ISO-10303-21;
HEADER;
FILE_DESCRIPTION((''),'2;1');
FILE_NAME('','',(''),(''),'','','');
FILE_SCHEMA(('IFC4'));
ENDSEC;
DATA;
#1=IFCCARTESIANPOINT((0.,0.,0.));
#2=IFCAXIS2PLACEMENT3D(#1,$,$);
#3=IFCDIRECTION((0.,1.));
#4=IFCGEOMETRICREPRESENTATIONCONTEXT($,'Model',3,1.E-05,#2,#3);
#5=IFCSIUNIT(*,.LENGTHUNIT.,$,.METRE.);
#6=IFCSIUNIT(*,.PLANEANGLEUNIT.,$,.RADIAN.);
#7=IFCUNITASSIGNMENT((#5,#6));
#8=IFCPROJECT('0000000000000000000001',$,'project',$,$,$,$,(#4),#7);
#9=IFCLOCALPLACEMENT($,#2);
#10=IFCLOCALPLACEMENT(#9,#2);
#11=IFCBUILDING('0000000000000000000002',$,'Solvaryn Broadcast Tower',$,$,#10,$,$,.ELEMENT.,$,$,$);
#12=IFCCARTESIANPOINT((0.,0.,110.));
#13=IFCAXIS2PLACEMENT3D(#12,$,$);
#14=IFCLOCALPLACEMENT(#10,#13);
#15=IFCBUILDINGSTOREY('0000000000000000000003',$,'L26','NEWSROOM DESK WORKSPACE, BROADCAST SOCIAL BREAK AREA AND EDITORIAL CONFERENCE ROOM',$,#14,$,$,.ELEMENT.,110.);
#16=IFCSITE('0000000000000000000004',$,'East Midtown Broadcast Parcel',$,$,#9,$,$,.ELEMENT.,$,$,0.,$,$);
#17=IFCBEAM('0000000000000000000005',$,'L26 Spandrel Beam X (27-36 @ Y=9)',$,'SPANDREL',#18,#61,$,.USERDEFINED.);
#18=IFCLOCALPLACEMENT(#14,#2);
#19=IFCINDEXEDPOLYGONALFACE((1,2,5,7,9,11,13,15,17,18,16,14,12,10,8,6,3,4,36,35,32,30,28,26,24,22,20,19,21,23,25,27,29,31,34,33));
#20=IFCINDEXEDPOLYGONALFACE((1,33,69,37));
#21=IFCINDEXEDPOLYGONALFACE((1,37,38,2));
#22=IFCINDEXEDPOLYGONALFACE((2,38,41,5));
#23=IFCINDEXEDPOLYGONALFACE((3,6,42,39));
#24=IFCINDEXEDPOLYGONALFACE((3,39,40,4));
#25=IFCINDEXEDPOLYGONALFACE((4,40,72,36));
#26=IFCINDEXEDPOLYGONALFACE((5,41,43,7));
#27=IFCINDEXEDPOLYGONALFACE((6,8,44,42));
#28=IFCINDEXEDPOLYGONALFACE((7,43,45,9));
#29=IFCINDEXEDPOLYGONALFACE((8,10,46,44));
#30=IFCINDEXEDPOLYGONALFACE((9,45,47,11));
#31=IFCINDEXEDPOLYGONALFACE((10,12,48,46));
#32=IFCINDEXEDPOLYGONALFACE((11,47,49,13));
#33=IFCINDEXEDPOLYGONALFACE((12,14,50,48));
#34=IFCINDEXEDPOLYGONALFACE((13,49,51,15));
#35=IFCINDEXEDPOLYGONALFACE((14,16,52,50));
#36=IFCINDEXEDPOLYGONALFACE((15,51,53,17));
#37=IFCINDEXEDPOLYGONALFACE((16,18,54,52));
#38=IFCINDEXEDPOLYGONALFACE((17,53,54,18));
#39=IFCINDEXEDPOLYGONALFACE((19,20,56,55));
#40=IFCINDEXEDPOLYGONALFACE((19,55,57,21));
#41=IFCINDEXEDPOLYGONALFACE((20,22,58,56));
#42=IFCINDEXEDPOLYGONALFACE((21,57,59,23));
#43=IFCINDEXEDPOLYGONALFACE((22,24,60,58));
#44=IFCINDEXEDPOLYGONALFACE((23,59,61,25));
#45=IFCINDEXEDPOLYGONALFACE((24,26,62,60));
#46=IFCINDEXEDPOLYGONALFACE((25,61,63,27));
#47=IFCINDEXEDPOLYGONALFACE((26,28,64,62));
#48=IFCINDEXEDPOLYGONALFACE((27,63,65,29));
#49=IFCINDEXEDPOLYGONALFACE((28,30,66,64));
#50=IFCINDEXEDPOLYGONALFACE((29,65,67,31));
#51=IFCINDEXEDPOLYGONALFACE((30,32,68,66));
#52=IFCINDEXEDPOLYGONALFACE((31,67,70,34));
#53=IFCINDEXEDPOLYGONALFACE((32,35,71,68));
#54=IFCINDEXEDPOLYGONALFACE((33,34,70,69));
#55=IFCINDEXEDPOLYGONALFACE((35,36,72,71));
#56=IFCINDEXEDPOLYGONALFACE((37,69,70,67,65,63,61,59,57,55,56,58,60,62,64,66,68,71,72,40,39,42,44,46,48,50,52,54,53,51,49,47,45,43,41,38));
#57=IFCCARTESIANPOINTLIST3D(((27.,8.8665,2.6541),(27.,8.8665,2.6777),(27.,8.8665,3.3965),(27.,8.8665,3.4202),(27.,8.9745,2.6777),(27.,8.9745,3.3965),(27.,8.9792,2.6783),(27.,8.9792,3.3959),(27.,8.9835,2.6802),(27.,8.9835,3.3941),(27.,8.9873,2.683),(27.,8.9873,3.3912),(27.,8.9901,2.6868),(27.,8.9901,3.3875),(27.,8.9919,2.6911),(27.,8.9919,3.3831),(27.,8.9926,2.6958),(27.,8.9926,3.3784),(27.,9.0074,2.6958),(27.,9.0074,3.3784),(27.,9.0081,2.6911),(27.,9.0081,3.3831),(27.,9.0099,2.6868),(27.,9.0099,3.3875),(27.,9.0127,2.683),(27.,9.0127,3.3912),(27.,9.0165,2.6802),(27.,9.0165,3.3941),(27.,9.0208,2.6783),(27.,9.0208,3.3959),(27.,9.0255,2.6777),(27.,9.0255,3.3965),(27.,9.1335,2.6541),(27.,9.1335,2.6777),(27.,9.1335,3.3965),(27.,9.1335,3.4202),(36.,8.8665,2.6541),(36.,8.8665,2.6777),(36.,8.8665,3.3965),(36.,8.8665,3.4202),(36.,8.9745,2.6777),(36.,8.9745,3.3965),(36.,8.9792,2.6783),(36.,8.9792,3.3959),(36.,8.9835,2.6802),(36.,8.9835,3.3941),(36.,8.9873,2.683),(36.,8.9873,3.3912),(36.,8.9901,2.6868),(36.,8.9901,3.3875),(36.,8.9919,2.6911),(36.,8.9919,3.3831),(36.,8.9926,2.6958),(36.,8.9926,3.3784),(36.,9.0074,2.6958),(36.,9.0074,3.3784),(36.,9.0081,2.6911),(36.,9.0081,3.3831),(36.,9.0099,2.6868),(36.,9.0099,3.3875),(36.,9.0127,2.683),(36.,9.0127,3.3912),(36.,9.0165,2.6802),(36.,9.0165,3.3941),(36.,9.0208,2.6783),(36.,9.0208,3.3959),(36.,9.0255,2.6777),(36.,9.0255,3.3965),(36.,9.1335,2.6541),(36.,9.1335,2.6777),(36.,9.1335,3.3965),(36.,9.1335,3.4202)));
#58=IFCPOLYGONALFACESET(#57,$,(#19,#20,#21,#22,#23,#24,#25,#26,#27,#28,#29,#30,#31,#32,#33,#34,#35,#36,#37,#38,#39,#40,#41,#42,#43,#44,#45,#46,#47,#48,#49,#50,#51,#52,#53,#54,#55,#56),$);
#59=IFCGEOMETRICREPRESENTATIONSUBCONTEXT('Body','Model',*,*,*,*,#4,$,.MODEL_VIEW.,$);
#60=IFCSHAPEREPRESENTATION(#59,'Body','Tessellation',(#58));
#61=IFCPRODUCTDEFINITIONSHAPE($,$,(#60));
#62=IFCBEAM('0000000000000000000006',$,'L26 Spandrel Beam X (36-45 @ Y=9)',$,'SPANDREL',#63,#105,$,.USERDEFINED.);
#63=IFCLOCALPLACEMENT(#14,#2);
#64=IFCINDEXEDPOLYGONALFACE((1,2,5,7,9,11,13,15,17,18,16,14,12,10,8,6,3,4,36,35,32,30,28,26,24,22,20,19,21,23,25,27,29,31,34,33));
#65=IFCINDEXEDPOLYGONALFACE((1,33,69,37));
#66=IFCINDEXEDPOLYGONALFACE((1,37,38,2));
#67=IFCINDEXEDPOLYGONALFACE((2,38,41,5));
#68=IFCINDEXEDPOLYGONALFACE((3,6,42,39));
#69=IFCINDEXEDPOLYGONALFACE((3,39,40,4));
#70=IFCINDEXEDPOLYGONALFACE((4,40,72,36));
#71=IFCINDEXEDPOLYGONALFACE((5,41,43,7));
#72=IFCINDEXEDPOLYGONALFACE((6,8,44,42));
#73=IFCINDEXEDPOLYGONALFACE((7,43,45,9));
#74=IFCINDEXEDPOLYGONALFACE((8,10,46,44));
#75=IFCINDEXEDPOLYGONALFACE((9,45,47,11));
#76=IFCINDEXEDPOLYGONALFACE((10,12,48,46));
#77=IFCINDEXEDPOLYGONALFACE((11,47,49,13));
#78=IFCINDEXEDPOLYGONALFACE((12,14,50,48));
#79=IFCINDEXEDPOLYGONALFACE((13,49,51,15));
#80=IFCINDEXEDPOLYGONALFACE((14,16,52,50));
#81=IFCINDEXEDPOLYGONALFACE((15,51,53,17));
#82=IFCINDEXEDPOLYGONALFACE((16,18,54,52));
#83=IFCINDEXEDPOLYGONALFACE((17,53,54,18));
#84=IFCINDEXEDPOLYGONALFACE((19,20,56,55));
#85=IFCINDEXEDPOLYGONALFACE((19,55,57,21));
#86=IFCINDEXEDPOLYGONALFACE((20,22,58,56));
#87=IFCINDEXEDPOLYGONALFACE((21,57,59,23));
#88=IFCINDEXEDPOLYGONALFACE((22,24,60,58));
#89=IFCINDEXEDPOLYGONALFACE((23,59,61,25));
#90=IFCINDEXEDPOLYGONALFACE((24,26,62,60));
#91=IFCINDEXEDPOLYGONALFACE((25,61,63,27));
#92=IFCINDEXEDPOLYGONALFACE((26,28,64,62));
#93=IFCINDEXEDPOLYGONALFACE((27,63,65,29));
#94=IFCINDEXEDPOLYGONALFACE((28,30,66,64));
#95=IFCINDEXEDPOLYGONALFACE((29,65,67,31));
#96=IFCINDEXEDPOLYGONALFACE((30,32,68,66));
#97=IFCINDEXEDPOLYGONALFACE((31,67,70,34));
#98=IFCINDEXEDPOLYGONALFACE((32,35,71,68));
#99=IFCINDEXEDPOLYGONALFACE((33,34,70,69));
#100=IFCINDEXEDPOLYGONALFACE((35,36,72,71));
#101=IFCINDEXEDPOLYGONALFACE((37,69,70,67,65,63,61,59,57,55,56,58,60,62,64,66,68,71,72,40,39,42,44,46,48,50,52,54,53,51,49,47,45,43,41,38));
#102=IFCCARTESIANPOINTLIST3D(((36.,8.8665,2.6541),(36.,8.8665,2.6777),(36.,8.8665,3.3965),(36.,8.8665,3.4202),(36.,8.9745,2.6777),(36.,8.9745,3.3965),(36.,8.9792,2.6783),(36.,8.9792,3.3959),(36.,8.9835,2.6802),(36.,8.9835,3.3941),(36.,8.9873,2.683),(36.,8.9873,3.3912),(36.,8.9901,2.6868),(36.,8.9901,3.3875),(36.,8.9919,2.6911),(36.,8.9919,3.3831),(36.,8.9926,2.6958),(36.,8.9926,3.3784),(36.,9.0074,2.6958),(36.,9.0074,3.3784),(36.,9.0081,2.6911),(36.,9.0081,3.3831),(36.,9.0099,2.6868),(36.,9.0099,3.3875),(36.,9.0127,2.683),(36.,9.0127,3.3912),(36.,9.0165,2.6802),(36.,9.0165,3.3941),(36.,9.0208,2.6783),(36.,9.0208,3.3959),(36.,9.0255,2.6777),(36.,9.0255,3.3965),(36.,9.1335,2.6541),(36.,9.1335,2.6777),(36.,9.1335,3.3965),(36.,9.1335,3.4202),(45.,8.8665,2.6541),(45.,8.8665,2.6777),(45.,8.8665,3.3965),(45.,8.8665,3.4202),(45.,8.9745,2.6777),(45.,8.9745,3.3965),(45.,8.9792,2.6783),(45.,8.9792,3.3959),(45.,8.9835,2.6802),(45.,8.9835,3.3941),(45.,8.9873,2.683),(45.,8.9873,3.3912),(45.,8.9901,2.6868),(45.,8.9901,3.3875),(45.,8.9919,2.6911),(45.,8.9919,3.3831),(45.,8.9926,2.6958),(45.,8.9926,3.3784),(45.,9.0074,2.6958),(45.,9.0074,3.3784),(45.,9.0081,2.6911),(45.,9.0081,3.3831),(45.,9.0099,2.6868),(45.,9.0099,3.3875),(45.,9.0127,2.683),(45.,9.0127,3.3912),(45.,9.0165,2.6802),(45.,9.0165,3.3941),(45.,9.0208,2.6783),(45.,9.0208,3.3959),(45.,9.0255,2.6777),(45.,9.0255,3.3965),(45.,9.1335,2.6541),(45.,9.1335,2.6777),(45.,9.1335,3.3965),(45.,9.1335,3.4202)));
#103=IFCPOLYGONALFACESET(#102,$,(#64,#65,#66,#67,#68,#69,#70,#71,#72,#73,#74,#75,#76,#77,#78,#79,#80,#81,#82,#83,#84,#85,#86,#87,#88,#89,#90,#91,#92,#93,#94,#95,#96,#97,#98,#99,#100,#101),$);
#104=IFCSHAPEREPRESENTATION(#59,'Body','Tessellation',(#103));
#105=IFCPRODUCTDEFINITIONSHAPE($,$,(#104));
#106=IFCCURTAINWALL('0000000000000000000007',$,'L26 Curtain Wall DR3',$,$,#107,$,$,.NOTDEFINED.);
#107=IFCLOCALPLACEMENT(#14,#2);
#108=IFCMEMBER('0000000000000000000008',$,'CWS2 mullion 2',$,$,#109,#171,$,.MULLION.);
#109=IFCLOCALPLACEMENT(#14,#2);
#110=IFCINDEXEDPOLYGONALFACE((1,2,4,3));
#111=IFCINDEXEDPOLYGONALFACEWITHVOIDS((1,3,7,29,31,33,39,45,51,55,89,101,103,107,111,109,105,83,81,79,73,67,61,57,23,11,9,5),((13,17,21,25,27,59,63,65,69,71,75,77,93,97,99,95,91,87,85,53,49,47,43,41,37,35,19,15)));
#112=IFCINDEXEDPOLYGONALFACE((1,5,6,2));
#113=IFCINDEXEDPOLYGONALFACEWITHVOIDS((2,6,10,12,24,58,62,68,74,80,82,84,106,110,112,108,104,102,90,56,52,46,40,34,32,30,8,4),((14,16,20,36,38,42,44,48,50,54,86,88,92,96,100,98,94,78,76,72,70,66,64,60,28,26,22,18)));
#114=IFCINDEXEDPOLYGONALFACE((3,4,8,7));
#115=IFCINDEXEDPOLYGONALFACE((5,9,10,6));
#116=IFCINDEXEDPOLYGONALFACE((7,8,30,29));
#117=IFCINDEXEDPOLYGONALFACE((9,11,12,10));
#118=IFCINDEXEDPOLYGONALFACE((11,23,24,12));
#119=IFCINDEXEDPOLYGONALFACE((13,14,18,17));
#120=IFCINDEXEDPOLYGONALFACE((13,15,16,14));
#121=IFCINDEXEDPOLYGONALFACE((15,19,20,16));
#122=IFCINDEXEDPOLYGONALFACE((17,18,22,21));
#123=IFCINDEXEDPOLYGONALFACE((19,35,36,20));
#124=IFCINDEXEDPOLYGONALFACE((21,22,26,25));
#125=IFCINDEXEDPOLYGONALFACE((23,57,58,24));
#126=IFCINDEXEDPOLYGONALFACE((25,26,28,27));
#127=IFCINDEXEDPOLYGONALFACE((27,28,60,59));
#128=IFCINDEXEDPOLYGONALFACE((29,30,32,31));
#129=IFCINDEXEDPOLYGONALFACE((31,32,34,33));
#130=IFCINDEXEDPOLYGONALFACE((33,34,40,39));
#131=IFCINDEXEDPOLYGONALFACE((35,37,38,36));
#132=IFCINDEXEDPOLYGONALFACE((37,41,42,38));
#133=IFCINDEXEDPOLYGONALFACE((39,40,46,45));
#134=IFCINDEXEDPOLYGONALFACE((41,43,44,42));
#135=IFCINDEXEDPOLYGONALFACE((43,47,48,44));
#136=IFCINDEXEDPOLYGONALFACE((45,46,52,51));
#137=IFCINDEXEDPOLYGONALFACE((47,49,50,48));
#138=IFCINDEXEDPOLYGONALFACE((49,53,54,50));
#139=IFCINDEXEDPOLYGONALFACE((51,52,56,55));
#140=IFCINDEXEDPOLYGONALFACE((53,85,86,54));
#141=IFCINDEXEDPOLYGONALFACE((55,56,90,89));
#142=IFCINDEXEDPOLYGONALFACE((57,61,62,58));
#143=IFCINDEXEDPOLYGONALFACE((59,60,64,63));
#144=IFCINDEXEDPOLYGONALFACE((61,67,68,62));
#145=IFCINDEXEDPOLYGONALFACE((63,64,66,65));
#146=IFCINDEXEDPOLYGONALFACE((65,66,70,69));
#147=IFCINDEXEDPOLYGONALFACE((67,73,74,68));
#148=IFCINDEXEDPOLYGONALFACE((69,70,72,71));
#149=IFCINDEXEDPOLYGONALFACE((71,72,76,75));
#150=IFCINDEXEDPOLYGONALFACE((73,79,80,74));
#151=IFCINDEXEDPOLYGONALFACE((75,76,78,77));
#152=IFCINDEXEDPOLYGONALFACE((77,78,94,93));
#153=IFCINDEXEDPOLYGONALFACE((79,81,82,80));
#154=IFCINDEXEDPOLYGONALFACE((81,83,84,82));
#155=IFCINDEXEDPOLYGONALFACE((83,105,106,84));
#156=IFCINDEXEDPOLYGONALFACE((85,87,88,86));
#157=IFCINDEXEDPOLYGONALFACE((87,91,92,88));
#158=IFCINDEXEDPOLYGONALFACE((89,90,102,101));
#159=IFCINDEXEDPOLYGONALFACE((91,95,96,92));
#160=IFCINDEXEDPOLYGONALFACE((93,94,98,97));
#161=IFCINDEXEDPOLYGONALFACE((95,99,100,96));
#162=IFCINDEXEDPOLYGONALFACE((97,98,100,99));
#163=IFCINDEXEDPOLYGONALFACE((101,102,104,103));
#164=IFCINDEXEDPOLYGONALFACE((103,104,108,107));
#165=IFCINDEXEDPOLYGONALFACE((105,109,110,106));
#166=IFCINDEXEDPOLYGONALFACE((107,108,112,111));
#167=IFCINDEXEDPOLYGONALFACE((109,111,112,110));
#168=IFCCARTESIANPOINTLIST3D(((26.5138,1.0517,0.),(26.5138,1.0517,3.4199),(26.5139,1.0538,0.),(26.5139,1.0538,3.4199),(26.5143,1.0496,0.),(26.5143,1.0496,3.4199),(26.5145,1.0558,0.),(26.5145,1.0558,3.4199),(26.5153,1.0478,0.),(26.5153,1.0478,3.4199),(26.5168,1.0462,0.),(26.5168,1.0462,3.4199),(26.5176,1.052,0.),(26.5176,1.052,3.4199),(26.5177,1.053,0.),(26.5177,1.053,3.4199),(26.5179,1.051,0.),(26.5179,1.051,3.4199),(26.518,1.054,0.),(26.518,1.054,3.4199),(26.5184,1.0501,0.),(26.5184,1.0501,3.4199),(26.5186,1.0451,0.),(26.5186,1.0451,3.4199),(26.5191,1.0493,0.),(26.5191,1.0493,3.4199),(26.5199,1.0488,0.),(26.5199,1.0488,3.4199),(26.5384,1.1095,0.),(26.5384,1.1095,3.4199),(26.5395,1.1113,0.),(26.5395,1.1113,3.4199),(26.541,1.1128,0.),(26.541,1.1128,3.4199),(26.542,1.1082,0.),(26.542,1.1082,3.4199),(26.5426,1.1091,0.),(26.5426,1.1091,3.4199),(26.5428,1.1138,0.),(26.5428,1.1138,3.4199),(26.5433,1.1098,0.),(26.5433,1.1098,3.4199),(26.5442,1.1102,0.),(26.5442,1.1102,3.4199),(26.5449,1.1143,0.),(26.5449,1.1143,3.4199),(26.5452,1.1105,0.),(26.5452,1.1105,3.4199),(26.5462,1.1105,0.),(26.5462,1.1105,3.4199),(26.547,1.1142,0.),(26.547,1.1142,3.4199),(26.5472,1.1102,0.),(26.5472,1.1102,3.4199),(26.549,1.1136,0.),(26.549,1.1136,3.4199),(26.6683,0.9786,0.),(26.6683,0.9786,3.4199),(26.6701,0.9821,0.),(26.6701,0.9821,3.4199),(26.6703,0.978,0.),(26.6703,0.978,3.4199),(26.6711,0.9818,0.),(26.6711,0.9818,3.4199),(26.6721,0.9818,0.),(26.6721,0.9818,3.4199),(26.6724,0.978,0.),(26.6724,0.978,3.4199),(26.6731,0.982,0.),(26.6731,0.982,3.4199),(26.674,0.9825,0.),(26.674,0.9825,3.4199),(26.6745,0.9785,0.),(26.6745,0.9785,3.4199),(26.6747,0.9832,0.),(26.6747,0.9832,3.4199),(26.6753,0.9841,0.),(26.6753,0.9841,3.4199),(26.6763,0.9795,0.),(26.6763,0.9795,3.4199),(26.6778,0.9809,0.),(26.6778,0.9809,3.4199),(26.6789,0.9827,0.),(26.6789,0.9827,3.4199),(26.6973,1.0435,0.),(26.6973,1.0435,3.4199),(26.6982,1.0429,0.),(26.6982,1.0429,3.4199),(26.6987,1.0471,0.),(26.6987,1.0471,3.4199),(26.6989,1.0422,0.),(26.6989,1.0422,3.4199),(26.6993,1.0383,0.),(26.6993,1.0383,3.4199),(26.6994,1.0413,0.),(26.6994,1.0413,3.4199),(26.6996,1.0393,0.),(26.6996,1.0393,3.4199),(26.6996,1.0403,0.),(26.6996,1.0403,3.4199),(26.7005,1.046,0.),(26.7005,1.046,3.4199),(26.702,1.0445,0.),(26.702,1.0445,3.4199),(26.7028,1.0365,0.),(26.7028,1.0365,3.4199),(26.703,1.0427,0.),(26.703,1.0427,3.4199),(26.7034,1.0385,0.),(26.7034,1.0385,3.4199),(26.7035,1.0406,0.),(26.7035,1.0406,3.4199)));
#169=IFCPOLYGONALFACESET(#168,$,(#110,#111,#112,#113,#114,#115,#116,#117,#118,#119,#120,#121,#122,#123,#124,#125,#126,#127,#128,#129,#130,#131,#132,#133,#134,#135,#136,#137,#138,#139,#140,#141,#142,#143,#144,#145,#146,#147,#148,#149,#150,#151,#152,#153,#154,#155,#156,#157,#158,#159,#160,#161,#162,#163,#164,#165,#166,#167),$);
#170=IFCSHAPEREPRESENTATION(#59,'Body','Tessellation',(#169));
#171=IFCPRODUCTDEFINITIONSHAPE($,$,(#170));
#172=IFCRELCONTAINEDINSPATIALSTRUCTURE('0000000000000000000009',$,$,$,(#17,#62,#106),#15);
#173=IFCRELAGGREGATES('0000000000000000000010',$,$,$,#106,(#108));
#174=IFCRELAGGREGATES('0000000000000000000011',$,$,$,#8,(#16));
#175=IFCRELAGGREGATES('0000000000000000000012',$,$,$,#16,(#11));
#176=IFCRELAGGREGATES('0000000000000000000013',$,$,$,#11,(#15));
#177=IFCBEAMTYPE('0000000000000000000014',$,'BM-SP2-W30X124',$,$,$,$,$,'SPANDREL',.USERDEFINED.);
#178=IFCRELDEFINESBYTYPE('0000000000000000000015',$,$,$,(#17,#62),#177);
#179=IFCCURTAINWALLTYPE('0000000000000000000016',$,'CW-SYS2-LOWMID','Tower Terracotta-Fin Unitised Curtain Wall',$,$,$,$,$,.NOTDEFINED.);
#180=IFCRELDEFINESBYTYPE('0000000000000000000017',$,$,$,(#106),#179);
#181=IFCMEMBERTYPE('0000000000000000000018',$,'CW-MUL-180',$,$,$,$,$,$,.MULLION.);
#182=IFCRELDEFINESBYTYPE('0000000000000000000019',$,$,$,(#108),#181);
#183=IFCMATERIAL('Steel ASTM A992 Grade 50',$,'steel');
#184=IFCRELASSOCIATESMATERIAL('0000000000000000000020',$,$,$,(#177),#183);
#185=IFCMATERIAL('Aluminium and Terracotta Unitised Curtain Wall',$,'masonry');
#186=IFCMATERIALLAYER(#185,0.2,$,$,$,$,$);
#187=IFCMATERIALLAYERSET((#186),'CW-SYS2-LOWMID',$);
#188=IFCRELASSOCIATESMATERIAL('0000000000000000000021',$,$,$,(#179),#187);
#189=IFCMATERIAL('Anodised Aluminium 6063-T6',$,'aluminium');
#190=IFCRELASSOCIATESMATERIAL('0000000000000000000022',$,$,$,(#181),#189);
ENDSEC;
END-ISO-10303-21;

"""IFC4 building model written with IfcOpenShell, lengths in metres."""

from ifc_helpers import new_model, si_unit, direction, frame, origin, origin_2d, place, context, subcontext, project, spatial, hollow_rectangle, i_section, extrude, material, layer, layer_set, material_profile, profile_set, type_object, element, aggregate, save


model = new_model("IFC4")

# Units and contexts
model_context = context("Model", 3, precision=1e-05, world=origin(), true_north=direction((0.0, 1.0)))
body_context = subcontext(model_context, "Body", "Model", "MODEL_VIEW")
ifc_project = project(units=[si_unit("LENGTHUNIT", "METRE"), si_unit("PLANEANGLEUNIT", "RADIAN")], contexts=[model_context])

# Site, building, storey
site_placement = place(None, origin())
site = spatial("IfcSite", under=ifc_project, at=site_placement, Name="East Midtown Broadcast Parcel", CompositionType="ELEMENT", RefElevation=0.0)
building_placement = place(site_placement, origin())
building = spatial("IfcBuilding", under=site, at=building_placement, Name="Solvaryn Broadcast Tower", CompositionType="ELEMENT")
storey_placement = place(building_placement, frame((0.0, 0.0, 110.0)))
storey = spatial("IfcBuildingStorey", under=building, at=storey_placement, Name="L26", Description="NEWSROOM DESK WORKSPACE, BROADCAST SOCIAL BREAK AREA AND EDITORIAL CONFERENCE ROOM", CompositionType="ELEMENT", Elevation=110.0)

# Beams
ifc_material_1 = material(Name="Steel ASTM A992 Grade 50", Category="steel")
ifc_material_profile_1 = material_profile(ifc_material_1, i_section(OverallWidth=0.2671, OverallDepth=0.7661, WebThickness=0.0149, FlangeThickness=0.0237, FilletRadius=0.0181, at=origin_2d()))
ifc_profile_set_1 = profile_set([ifc_material_profile_1], Name="Steel ASTM A992 Grade 50")
beam_type_1 = type_object("IfcBeamType", Name="BM-SP2-W30X124", ElementType="SPANDREL", PredefinedType="USERDEFINED", material=ifc_profile_set_1)
for number, where, z_axis, x_axis, name in (
    (1, (27.0, 9.0, 3.0371), (1.0, 0.0, 0.0), (0.0, 1.0, 0.0), "L26 Spandrel Beam X (27-36 @ Y=9)"),
    (2, (36.0, 9.0, 3.0371), (1.0, 0.0, 0.0), (0.0, 1.0, 0.0), "L26 Spandrel Beam X (36-45 @ Y=9)"),
):
    element("IfcBeam", number, at=place(storey_placement, frame(where, z_axis=z_axis, x_axis=x_axis)), inside=storey, type_object=beam_type_1, Name=name, ObjectType="SPANDREL", PredefinedType="USERDEFINED", context=body_context, shape_type="SweptSolid", body=[
        extrude(i_section(OverallWidth=0.2671, OverallDepth=0.7661, WebThickness=0.0149, FlangeThickness=0.0237, FilletRadius=0.0181, at=origin_2d()), origin(), (0.0, 0.0, 1.0), 9.0),
    ])

# Curtain wall, member
ifc_material_2 = material(Name="Aluminium and Terracotta Unitised Curtain Wall", Category="masonry")
ifc_layer_1 = layer(ifc_material_2, 0.2)
ifc_layer_set_1 = layer_set([ifc_layer_1], Name="CW-SYS2-LOWMID")
curtain_wall_type = type_object("IfcCurtainWallType", Name="CW-SYS2-LOWMID", Description="Tower Terracotta-Fin Unitised Curtain Wall", PredefinedType="NOTDEFINED", material=ifc_layer_set_1)
curtain_wall_1_placement = place(storey_placement, origin())
curtain_wall_1 = element("IfcCurtainWall", 3, at=curtain_wall_1_placement, inside=storey, type_object=curtain_wall_type, Name="L26 Curtain Wall DR3", PredefinedType="NOTDEFINED")
ifc_material_3 = material(Name="Anodised Aluminium 6063-T6", Category="aluminium")
ifc_material_profile_2 = material_profile(ifc_material_3, hollow_rectangle(XDim=0.075, YDim=0.1799, WallThickness=0.0039, InnerFilletRadius=0.0039, OuterFilletRadius=0.0081, at=origin_2d()))
ifc_profile_set_2 = profile_set([ifc_material_profile_2], Name="Anodised Aluminium 6063-T6")
member_type_1 = type_object("IfcMemberType", Name="CW-MUL-180", PredefinedType="MULLION", material=ifc_profile_set_2)
member_1_placement = place(storey_placement, frame((26.6086, 1.0461, 0.0), z_axis=(0.0, 0.0, 1.0), x_axis=(0.405918, 0.913909, 0.0)))
member_1 = element("IfcMember", 4, at=member_1_placement, type_object=member_type_1, Name="CWS2 mullion 2", PredefinedType="MULLION", context=body_context, shape_type="SweptSolid", body=[
    extrude(hollow_rectangle(XDim=0.075, YDim=0.1799, WallThickness=0.0039, InnerFilletRadius=0.0039, OuterFilletRadius=0.0081, at=origin_2d()), origin(), (0.0, 0.0, 1.0), 3.4199),
])
aggregate(curtain_wall_1, [member_1])

save(model, "model.ifc")
